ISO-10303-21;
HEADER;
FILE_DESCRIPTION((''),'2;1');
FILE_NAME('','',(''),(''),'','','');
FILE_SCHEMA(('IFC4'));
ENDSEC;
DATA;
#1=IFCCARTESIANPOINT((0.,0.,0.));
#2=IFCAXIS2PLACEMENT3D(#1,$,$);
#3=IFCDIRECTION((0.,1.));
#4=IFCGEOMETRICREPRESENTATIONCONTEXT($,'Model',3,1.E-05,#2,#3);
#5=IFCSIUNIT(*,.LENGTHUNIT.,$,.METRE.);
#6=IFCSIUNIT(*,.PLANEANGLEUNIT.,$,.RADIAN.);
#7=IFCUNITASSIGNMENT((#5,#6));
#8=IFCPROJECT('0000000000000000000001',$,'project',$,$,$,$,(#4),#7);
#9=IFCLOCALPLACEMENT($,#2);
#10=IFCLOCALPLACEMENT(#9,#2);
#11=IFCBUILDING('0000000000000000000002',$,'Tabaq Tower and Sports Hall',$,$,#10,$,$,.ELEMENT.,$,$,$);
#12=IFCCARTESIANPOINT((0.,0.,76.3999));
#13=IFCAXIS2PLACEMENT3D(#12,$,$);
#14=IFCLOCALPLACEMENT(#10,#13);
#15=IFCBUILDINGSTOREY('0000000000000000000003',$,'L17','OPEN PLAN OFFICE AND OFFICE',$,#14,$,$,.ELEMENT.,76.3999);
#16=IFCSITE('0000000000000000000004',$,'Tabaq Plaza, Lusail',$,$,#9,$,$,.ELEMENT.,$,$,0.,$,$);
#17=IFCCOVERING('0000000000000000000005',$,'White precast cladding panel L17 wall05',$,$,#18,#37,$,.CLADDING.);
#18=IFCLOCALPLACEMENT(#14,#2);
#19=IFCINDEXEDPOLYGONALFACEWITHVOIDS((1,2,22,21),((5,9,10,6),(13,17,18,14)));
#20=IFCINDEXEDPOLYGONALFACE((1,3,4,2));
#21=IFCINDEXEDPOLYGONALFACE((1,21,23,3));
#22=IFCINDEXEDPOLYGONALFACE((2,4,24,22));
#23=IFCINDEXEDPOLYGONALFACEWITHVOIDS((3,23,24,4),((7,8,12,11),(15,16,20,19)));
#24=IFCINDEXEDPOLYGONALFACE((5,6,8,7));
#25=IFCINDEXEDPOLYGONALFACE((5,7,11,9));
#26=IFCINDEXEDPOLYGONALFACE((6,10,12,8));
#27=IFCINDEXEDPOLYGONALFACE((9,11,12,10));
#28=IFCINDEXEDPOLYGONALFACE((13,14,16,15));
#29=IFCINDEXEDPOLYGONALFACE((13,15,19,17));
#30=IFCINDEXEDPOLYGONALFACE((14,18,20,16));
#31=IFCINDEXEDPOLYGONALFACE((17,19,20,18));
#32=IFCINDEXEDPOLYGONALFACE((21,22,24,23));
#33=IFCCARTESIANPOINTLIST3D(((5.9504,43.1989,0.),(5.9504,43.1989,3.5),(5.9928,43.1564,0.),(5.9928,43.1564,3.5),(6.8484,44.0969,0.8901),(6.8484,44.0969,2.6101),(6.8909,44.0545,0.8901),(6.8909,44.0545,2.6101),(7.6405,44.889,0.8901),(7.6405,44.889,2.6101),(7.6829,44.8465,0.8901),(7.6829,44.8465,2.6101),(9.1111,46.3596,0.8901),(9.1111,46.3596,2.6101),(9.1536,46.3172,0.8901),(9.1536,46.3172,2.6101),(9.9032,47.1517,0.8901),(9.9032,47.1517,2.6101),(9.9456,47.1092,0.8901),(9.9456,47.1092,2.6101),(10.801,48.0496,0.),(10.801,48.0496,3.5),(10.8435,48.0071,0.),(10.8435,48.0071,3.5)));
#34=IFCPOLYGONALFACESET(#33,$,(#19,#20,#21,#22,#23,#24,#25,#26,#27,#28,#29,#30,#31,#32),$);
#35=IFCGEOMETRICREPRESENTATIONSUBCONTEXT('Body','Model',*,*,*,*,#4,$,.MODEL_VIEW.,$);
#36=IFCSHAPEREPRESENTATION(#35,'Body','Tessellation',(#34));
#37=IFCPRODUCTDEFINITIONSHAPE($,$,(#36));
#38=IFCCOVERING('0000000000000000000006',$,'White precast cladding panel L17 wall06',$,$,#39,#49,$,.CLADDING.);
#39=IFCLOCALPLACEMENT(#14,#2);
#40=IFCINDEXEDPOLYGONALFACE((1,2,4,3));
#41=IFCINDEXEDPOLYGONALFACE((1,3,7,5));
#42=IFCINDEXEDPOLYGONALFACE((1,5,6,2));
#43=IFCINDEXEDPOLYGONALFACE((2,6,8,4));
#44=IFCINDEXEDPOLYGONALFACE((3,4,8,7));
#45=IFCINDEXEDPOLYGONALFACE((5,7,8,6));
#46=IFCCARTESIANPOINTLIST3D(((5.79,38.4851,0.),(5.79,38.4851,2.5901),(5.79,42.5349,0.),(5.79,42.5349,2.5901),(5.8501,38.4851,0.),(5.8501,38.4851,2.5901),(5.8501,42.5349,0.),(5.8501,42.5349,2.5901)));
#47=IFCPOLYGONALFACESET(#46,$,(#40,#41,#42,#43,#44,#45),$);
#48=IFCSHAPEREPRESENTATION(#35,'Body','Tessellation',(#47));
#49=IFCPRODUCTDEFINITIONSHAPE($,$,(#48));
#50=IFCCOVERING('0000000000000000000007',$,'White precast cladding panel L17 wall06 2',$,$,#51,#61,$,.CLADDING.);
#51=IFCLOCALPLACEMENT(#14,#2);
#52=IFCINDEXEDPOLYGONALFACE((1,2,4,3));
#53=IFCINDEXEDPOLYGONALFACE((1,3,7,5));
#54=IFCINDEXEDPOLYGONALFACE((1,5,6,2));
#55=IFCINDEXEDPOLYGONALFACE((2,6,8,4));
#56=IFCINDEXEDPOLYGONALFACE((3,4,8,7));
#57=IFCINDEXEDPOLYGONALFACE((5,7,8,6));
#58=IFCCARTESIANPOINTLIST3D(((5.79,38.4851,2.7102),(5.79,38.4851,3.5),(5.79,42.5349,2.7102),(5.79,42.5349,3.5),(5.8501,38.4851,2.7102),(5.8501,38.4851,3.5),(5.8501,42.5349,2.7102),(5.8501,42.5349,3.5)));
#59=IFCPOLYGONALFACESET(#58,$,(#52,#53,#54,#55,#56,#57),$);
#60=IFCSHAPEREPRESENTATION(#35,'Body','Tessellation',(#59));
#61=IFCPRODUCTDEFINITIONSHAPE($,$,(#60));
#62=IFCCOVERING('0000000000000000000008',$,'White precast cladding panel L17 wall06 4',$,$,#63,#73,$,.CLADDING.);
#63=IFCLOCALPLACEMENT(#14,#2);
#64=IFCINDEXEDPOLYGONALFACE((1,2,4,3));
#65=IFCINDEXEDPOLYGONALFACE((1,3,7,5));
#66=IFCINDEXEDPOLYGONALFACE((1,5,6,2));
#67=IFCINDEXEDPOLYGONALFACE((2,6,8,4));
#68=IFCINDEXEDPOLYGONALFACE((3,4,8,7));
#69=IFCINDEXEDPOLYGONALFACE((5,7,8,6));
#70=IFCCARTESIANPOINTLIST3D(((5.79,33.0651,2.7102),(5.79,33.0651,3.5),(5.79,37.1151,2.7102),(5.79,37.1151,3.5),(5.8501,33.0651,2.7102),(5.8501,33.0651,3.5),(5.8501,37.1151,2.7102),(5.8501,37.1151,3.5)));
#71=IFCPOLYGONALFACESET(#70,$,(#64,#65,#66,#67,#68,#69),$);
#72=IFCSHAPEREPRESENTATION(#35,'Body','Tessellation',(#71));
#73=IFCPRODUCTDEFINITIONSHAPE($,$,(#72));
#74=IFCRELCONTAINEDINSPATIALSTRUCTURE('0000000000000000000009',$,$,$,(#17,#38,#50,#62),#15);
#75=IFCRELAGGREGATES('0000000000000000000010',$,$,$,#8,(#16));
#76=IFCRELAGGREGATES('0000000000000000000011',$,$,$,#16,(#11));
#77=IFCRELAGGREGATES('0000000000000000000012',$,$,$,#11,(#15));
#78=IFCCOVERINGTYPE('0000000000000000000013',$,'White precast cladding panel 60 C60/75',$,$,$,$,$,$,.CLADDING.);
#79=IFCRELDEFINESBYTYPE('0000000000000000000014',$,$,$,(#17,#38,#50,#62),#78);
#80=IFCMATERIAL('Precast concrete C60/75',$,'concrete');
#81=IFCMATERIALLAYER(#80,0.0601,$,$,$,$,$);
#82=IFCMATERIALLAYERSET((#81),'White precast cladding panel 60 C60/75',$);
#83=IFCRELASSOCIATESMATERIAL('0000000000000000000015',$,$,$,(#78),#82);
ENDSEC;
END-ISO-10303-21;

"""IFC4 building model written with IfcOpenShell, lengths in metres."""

from ifc_helpers import new_model, si_unit, direction, frame, frame_2d, origin, place, context, subcontext, project, spatial, polyline, rectangle, outline, extrude, material, layer, layer_set, type_object, element, save


model = new_model("IFC4")

# Units and contexts
model_context = context("Model", 3, precision=1e-05, world=origin(), true_north=direction((0.0, 1.0)))
body_context = subcontext(model_context, "Body", "Model", "MODEL_VIEW")
ifc_project = project(units=[si_unit("LENGTHUNIT", "METRE"), si_unit("PLANEANGLEUNIT", "RADIAN")], contexts=[model_context])

# Site, building, storey
site_placement = place(None, origin())
site = spatial("IfcSite", under=ifc_project, at=site_placement, Name="Tabaq Plaza, Lusail", CompositionType="ELEMENT", RefElevation=0.0)
building_placement = place(site_placement, origin())
building = spatial("IfcBuilding", under=site, at=building_placement, Name="Tabaq Tower and Sports Hall", CompositionType="ELEMENT")
storey_placement = place(building_placement, frame((0.0, 0.0, 76.3999)))
storey = spatial("IfcBuildingStorey", under=building, at=storey_placement, Name="L17", Description="OPEN PLAN OFFICE AND OFFICE", CompositionType="ELEMENT", Elevation=76.3999)

# Coverings
ifc_material_1 = material(Name="Precast concrete C60/75", Category="concrete")
ifc_layer_1 = layer(ifc_material_1, 0.0601)
ifc_layer_set_1 = layer_set([ifc_layer_1], Name="White precast cladding panel 60 C60/75")
covering_type_1 = type_object("IfcCoveringType", Name="White precast cladding panel 60 C60/75", PredefinedType="CLADDING", material=ifc_layer_set_1)
covering_1_placement = place(storey_placement, frame((10.8223, 48.0283, 0.0), z_axis=(0.0, 0.0, 1.0), x_axis=(-0.707107, -0.707107, 0.0)))
element("IfcCovering", 1, at=covering_1_placement, inside=storey, type_object=covering_type_1, Name="White precast cladding panel L17 wall05", PredefinedType="CLADDING", context=body_context, shape_type="SweptSolid", body=[
    extrude(outline(polyline([(0.0, 0.0), (6.8599, 0.0), (6.8599, 3.5), (0.0, 3.5), (0.0, 0.0)]), holes=[polyline([(1.2698, 2.6101), (2.3899, 2.6101), (2.3899, 0.8901), (1.2698, 0.8901), (1.2698, 2.6101)]), polyline([(4.4697, 2.6101), (5.5898, 2.6101), (5.5898, 0.8901), (4.4697, 0.8901), (4.4697, 2.6101)])]), frame((0.0, 0.03, 0.0), z_axis=(0.0, -1.0, 0.0), x_axis=(1.0, 0.0, 0.0)), (0.0, 0.0, 1.0), 0.0601),
])
covering_2_placement = place(storey_placement, frame((5.8201, 42.5349, 0.0), z_axis=(0.0, 0.0, 1.0), x_axis=(0.0, -1.0, 0.0)))
element("IfcCovering", 2, at=covering_2_placement, inside=storey, type_object=covering_type_1, Name="White precast cladding panel L17 wall06", PredefinedType="CLADDING", context=body_context, shape_type="SweptSolid", body=[
    extrude(rectangle(XDim=4.0498, YDim=0.0601, at=frame_2d((2.0249, 0.0))), origin(), (0.0, 0.0, 1.0), 2.5901),
])
covering_3_placement = place(storey_placement, frame((5.8201, 42.5349, 2.7102), z_axis=(0.0, 0.0, 1.0), x_axis=(0.0, -1.0, 0.0)))
element("IfcCovering", 3, at=covering_3_placement, inside=storey, type_object=covering_type_1, Name="White precast cladding panel L17 wall06 2", PredefinedType="CLADDING", context=body_context, shape_type="SweptSolid", body=[
    extrude(rectangle(XDim=4.0498, YDim=0.0601, at=frame_2d((2.0249, 0.0))), origin(), (0.0, 0.0, 1.0), 0.7898),
])
covering_4_placement = place(storey_placement, frame((5.8201, 37.115, 2.7102), z_axis=(0.0, 0.0, 1.0), x_axis=(0.0, -1.0, 0.0)))
element("IfcCovering", 4, at=covering_4_placement, inside=storey, type_object=covering_type_1, Name="White precast cladding panel L17 wall06 4", PredefinedType="CLADDING", context=body_context, shape_type="SweptSolid", body=[
    extrude(rectangle(XDim=4.05, YDim=0.0601, at=frame_2d((2.0249, 0.0))), origin(), (0.0, 0.0, 1.0), 0.7898),
])

save(model, "model.ifc")
